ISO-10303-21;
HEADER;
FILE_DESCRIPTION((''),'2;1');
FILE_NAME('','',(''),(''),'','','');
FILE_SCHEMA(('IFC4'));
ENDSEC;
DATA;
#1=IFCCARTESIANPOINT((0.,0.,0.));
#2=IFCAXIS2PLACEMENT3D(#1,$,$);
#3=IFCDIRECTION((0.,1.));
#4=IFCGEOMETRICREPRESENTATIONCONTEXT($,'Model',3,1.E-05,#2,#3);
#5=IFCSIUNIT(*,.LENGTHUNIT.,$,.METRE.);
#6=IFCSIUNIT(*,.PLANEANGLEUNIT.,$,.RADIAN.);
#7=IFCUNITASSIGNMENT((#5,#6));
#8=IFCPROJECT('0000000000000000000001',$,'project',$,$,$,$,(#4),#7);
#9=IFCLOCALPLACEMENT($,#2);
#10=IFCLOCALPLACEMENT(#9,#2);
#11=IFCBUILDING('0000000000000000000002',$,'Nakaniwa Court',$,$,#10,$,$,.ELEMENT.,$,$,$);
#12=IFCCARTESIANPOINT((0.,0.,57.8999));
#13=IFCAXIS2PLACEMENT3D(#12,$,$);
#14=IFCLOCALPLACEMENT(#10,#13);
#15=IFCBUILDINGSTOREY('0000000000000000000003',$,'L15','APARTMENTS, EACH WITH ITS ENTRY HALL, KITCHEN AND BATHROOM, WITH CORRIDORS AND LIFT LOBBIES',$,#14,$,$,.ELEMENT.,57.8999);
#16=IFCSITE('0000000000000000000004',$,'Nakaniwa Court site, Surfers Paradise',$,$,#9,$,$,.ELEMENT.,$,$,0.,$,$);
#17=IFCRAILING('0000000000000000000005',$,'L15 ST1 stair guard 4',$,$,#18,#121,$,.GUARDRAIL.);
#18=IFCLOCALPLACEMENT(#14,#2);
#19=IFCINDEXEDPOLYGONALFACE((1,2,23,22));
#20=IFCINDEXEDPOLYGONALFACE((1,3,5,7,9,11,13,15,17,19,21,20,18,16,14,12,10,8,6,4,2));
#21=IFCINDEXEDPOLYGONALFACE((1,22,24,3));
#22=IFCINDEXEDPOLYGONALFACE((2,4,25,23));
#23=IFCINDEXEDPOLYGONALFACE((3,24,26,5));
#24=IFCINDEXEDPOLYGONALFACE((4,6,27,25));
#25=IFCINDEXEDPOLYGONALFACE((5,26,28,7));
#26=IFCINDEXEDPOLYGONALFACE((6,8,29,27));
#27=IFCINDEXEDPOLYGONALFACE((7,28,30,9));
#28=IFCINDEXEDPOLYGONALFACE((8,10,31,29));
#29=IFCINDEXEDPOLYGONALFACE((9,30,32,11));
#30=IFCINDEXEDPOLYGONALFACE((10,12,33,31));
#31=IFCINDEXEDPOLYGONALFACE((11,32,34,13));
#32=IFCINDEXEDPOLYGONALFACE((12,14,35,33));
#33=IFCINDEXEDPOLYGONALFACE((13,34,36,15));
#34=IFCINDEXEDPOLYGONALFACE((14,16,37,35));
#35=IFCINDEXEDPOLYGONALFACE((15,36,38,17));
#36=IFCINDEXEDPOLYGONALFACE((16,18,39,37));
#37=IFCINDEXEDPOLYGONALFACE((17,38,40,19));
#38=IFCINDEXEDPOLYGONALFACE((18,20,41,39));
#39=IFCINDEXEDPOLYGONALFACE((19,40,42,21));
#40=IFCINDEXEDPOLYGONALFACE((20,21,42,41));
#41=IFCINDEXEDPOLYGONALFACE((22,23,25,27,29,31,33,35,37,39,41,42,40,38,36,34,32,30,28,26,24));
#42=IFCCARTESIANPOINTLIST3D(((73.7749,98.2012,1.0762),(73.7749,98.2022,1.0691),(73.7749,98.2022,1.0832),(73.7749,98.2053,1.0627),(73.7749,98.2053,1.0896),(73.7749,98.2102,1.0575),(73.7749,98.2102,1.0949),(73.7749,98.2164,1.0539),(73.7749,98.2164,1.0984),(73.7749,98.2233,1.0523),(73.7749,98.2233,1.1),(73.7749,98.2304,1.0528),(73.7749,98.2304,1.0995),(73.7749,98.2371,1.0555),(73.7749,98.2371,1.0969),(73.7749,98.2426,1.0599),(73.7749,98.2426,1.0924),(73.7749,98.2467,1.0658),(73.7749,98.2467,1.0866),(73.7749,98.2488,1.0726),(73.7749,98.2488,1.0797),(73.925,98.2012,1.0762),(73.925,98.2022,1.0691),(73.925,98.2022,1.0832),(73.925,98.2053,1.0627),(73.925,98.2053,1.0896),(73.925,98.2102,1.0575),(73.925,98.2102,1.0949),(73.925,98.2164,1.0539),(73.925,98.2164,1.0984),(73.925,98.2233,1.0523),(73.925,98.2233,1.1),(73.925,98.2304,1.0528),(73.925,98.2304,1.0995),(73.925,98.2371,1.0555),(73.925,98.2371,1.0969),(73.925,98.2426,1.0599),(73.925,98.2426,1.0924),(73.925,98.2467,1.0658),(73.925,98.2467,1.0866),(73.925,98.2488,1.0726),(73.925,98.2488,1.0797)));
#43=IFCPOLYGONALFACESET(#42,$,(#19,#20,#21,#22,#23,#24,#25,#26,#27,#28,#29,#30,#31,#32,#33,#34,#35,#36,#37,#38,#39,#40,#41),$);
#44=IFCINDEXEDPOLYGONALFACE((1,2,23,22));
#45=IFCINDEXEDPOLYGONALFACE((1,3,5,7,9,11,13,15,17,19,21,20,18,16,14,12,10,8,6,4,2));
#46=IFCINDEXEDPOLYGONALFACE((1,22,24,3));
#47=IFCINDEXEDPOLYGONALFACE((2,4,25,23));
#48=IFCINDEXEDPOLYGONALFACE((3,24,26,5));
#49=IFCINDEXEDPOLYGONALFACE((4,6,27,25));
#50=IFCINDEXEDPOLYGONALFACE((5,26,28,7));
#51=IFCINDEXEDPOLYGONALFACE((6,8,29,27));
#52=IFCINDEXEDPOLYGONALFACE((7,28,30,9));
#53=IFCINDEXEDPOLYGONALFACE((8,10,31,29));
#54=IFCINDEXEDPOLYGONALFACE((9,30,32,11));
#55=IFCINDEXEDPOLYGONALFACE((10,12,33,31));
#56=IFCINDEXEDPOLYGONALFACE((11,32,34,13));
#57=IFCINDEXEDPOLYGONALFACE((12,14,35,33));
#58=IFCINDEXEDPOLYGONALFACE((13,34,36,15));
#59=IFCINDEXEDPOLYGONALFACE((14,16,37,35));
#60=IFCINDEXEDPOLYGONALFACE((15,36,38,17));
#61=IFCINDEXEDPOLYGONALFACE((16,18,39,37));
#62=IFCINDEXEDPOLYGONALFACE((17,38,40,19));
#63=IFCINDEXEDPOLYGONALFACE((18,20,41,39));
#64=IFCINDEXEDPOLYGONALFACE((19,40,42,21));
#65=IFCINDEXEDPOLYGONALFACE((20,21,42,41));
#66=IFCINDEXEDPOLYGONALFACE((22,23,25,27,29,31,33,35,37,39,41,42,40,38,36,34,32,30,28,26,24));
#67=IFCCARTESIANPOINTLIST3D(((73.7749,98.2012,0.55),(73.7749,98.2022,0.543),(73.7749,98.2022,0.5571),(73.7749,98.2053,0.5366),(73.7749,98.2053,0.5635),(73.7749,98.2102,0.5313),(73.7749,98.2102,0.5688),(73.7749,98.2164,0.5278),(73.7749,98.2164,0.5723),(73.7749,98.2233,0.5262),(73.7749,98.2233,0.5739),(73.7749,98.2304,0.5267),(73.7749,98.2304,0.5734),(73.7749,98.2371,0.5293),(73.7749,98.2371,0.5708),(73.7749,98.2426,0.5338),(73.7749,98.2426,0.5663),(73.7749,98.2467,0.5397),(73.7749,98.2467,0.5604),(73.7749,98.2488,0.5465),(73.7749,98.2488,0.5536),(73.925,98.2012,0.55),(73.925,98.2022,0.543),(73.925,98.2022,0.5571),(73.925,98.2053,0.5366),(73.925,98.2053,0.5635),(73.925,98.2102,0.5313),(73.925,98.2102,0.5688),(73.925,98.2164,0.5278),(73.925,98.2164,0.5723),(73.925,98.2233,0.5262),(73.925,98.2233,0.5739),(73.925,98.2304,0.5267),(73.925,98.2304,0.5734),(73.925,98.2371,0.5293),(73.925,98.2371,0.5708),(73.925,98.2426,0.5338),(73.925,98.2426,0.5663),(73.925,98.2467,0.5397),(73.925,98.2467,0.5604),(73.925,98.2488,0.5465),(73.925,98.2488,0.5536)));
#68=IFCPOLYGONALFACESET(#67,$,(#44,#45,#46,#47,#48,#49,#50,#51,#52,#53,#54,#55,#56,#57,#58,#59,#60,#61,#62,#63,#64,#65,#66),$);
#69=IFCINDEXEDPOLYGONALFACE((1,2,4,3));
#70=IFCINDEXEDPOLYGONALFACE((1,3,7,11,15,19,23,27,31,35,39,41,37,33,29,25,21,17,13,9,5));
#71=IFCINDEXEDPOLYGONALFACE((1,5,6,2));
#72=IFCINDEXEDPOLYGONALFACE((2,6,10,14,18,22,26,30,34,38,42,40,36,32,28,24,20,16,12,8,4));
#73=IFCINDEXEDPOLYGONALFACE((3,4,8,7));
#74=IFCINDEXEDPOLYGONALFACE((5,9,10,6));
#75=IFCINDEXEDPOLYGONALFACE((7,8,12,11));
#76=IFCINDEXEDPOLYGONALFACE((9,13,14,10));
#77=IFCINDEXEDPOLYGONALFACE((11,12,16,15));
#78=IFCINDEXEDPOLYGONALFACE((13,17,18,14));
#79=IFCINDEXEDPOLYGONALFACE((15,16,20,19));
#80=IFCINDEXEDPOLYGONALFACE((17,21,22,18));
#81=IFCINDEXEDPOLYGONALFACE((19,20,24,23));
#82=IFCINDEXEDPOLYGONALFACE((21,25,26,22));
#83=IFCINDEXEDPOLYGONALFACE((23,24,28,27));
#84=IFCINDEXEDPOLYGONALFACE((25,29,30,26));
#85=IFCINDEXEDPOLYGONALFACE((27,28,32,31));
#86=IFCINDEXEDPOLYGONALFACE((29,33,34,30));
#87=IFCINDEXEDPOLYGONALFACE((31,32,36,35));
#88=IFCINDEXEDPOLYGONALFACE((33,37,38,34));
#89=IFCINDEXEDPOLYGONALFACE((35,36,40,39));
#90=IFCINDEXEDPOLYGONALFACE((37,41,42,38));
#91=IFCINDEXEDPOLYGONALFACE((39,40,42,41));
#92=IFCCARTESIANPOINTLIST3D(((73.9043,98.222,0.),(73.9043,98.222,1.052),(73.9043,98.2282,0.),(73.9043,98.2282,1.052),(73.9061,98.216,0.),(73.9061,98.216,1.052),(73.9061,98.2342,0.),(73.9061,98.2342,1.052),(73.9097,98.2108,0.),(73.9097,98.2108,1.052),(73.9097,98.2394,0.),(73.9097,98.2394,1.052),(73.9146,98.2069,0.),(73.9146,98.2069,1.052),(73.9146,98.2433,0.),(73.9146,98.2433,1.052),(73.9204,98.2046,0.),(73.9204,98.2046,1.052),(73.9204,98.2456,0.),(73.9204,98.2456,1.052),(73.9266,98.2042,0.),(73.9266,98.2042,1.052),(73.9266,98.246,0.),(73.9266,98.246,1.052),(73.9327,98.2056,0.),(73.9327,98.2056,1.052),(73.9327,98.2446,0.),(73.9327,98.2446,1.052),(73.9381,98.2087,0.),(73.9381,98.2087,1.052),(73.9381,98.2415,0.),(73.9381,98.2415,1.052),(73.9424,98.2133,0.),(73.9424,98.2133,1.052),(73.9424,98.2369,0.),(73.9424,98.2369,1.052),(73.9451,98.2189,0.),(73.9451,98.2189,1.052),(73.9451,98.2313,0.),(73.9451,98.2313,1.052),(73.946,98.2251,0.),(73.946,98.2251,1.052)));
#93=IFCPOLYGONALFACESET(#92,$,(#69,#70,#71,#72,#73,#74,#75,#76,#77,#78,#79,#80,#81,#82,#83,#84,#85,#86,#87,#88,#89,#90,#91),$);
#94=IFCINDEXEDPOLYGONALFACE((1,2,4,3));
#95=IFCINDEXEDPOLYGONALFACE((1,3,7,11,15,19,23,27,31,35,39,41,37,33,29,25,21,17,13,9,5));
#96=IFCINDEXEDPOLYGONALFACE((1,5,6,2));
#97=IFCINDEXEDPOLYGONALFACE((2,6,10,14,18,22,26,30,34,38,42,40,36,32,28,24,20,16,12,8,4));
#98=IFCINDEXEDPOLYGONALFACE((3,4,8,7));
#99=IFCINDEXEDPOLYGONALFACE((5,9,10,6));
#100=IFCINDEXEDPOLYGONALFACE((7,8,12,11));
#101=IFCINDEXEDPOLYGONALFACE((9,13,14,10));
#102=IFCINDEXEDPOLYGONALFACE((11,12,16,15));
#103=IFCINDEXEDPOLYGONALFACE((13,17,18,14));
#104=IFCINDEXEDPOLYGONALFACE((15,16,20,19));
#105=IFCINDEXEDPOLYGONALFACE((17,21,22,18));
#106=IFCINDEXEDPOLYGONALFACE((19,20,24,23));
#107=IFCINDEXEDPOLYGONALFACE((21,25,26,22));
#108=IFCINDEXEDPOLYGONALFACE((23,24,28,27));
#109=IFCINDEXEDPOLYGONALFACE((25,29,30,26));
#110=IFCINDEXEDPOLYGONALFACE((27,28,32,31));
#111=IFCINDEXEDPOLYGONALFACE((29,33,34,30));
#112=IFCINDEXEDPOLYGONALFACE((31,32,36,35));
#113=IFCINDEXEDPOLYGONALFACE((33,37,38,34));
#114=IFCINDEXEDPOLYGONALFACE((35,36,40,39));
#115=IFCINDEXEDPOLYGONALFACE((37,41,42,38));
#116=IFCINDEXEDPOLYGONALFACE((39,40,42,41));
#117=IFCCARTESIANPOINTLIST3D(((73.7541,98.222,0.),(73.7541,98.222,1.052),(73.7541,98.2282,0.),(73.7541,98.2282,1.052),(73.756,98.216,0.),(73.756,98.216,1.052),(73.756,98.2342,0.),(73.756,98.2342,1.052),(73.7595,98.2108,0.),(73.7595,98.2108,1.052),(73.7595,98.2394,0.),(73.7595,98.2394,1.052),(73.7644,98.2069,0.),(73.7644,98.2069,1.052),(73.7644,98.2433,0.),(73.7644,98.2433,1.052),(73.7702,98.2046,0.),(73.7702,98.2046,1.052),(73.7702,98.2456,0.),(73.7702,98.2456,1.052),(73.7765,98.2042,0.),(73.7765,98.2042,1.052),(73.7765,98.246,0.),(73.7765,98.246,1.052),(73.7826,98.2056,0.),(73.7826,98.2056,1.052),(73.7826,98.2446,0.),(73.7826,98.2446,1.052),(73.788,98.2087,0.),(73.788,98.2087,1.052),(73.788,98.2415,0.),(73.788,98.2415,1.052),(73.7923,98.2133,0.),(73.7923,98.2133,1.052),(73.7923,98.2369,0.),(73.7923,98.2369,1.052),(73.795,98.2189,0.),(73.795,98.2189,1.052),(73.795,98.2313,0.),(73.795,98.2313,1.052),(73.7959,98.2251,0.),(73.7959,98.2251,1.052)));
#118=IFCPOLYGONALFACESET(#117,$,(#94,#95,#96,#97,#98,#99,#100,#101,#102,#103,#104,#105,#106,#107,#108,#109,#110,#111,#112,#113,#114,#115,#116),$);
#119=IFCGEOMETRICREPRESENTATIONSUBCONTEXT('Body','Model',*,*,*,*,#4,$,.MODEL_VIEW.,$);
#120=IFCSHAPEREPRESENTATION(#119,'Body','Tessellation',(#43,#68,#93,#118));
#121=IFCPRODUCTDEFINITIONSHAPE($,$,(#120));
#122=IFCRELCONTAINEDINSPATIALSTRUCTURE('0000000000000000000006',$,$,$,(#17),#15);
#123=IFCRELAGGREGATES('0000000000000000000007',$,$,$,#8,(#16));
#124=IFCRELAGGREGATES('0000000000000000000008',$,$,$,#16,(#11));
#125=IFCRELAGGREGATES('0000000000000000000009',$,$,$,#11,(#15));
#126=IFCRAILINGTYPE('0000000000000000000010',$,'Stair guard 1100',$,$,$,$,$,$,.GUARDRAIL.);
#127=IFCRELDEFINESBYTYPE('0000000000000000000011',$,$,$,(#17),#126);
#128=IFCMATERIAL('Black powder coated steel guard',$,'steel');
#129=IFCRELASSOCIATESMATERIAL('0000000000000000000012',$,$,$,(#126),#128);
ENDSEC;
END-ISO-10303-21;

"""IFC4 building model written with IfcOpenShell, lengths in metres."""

from ifc_helpers import new_model, si_unit, direction, frame, origin, origin_2d, place, context, subcontext, project, spatial, circle, extrude, material, type_object, element, save


model = new_model("IFC4")

# Units and contexts
model_context = context("Model", 3, precision=1e-05, world=origin(), true_north=direction((0.0, 1.0)))
body_context = subcontext(model_context, "Body", "Model", "MODEL_VIEW")
ifc_project = project(units=[si_unit("LENGTHUNIT", "METRE"), si_unit("PLANEANGLEUNIT", "RADIAN")], contexts=[model_context])

# Site, building, storey
site_placement = place(None, origin())
site = spatial("IfcSite", under=ifc_project, at=site_placement, Name="Nakaniwa Court site, Surfers Paradise", CompositionType="ELEMENT", RefElevation=0.0)
building_placement = place(site_placement, origin())
building = spatial("IfcBuilding", under=site, at=building_placement, Name="Nakaniwa Court", CompositionType="ELEMENT")
storey_placement = place(building_placement, frame((0.0, 0.0, 57.8999)))
storey = spatial("IfcBuildingStorey", under=building, at=storey_placement, Name="L15", Description="APARTMENTS, EACH WITH ITS ENTRY HALL, KITCHEN AND BATHROOM, WITH CORRIDORS AND LIFT LOBBIES", CompositionType="ELEMENT", Elevation=57.8999)

# Railing
ifc_material_1 = material(Name="Black powder coated steel guard", Category="steel")
railing_type_1 = type_object("IfcRailingType", Name="Stair guard 1100", PredefinedType="GUARDRAIL", material=ifc_material_1)
railing_1_placement = place(storey_placement, frame((73.925, 98.2251, 0.0)))
element("IfcRailing", 1, at=railing_1_placement, inside=storey, type_object=railing_type_1, Name="L15 ST1 stair guard 4", PredefinedType="GUARDRAIL", context=body_context, shape_type="SweptSolid", body=[
    extrude(circle(Radius=0.0239, at=origin_2d()), frame((0.0, 0.0, 1.0762), z_axis=(-1.0, 0.0, 0.0), x_axis=(0.0, -1.0, 0.0)), (0.0, 0.0, 1.0), 0.1501),
    extrude(circle(Radius=0.0239, at=origin_2d()), frame((0.0, 0.0, 0.55), z_axis=(-1.0, 0.0, 0.0), x_axis=(0.0, -1.0, 0.0)), (0.0, 0.0, 1.0), 0.1501),
    extrude(circle(Radius=0.021, at=origin_2d()), origin(), (0.0, 0.0, 1.0), 1.052),
    extrude(circle(Radius=0.021, at=origin_2d()), frame((-0.1501, 0.0, 0.0)), (0.0, 0.0, 1.0), 1.052),
])

save(model, "model.ifc")
